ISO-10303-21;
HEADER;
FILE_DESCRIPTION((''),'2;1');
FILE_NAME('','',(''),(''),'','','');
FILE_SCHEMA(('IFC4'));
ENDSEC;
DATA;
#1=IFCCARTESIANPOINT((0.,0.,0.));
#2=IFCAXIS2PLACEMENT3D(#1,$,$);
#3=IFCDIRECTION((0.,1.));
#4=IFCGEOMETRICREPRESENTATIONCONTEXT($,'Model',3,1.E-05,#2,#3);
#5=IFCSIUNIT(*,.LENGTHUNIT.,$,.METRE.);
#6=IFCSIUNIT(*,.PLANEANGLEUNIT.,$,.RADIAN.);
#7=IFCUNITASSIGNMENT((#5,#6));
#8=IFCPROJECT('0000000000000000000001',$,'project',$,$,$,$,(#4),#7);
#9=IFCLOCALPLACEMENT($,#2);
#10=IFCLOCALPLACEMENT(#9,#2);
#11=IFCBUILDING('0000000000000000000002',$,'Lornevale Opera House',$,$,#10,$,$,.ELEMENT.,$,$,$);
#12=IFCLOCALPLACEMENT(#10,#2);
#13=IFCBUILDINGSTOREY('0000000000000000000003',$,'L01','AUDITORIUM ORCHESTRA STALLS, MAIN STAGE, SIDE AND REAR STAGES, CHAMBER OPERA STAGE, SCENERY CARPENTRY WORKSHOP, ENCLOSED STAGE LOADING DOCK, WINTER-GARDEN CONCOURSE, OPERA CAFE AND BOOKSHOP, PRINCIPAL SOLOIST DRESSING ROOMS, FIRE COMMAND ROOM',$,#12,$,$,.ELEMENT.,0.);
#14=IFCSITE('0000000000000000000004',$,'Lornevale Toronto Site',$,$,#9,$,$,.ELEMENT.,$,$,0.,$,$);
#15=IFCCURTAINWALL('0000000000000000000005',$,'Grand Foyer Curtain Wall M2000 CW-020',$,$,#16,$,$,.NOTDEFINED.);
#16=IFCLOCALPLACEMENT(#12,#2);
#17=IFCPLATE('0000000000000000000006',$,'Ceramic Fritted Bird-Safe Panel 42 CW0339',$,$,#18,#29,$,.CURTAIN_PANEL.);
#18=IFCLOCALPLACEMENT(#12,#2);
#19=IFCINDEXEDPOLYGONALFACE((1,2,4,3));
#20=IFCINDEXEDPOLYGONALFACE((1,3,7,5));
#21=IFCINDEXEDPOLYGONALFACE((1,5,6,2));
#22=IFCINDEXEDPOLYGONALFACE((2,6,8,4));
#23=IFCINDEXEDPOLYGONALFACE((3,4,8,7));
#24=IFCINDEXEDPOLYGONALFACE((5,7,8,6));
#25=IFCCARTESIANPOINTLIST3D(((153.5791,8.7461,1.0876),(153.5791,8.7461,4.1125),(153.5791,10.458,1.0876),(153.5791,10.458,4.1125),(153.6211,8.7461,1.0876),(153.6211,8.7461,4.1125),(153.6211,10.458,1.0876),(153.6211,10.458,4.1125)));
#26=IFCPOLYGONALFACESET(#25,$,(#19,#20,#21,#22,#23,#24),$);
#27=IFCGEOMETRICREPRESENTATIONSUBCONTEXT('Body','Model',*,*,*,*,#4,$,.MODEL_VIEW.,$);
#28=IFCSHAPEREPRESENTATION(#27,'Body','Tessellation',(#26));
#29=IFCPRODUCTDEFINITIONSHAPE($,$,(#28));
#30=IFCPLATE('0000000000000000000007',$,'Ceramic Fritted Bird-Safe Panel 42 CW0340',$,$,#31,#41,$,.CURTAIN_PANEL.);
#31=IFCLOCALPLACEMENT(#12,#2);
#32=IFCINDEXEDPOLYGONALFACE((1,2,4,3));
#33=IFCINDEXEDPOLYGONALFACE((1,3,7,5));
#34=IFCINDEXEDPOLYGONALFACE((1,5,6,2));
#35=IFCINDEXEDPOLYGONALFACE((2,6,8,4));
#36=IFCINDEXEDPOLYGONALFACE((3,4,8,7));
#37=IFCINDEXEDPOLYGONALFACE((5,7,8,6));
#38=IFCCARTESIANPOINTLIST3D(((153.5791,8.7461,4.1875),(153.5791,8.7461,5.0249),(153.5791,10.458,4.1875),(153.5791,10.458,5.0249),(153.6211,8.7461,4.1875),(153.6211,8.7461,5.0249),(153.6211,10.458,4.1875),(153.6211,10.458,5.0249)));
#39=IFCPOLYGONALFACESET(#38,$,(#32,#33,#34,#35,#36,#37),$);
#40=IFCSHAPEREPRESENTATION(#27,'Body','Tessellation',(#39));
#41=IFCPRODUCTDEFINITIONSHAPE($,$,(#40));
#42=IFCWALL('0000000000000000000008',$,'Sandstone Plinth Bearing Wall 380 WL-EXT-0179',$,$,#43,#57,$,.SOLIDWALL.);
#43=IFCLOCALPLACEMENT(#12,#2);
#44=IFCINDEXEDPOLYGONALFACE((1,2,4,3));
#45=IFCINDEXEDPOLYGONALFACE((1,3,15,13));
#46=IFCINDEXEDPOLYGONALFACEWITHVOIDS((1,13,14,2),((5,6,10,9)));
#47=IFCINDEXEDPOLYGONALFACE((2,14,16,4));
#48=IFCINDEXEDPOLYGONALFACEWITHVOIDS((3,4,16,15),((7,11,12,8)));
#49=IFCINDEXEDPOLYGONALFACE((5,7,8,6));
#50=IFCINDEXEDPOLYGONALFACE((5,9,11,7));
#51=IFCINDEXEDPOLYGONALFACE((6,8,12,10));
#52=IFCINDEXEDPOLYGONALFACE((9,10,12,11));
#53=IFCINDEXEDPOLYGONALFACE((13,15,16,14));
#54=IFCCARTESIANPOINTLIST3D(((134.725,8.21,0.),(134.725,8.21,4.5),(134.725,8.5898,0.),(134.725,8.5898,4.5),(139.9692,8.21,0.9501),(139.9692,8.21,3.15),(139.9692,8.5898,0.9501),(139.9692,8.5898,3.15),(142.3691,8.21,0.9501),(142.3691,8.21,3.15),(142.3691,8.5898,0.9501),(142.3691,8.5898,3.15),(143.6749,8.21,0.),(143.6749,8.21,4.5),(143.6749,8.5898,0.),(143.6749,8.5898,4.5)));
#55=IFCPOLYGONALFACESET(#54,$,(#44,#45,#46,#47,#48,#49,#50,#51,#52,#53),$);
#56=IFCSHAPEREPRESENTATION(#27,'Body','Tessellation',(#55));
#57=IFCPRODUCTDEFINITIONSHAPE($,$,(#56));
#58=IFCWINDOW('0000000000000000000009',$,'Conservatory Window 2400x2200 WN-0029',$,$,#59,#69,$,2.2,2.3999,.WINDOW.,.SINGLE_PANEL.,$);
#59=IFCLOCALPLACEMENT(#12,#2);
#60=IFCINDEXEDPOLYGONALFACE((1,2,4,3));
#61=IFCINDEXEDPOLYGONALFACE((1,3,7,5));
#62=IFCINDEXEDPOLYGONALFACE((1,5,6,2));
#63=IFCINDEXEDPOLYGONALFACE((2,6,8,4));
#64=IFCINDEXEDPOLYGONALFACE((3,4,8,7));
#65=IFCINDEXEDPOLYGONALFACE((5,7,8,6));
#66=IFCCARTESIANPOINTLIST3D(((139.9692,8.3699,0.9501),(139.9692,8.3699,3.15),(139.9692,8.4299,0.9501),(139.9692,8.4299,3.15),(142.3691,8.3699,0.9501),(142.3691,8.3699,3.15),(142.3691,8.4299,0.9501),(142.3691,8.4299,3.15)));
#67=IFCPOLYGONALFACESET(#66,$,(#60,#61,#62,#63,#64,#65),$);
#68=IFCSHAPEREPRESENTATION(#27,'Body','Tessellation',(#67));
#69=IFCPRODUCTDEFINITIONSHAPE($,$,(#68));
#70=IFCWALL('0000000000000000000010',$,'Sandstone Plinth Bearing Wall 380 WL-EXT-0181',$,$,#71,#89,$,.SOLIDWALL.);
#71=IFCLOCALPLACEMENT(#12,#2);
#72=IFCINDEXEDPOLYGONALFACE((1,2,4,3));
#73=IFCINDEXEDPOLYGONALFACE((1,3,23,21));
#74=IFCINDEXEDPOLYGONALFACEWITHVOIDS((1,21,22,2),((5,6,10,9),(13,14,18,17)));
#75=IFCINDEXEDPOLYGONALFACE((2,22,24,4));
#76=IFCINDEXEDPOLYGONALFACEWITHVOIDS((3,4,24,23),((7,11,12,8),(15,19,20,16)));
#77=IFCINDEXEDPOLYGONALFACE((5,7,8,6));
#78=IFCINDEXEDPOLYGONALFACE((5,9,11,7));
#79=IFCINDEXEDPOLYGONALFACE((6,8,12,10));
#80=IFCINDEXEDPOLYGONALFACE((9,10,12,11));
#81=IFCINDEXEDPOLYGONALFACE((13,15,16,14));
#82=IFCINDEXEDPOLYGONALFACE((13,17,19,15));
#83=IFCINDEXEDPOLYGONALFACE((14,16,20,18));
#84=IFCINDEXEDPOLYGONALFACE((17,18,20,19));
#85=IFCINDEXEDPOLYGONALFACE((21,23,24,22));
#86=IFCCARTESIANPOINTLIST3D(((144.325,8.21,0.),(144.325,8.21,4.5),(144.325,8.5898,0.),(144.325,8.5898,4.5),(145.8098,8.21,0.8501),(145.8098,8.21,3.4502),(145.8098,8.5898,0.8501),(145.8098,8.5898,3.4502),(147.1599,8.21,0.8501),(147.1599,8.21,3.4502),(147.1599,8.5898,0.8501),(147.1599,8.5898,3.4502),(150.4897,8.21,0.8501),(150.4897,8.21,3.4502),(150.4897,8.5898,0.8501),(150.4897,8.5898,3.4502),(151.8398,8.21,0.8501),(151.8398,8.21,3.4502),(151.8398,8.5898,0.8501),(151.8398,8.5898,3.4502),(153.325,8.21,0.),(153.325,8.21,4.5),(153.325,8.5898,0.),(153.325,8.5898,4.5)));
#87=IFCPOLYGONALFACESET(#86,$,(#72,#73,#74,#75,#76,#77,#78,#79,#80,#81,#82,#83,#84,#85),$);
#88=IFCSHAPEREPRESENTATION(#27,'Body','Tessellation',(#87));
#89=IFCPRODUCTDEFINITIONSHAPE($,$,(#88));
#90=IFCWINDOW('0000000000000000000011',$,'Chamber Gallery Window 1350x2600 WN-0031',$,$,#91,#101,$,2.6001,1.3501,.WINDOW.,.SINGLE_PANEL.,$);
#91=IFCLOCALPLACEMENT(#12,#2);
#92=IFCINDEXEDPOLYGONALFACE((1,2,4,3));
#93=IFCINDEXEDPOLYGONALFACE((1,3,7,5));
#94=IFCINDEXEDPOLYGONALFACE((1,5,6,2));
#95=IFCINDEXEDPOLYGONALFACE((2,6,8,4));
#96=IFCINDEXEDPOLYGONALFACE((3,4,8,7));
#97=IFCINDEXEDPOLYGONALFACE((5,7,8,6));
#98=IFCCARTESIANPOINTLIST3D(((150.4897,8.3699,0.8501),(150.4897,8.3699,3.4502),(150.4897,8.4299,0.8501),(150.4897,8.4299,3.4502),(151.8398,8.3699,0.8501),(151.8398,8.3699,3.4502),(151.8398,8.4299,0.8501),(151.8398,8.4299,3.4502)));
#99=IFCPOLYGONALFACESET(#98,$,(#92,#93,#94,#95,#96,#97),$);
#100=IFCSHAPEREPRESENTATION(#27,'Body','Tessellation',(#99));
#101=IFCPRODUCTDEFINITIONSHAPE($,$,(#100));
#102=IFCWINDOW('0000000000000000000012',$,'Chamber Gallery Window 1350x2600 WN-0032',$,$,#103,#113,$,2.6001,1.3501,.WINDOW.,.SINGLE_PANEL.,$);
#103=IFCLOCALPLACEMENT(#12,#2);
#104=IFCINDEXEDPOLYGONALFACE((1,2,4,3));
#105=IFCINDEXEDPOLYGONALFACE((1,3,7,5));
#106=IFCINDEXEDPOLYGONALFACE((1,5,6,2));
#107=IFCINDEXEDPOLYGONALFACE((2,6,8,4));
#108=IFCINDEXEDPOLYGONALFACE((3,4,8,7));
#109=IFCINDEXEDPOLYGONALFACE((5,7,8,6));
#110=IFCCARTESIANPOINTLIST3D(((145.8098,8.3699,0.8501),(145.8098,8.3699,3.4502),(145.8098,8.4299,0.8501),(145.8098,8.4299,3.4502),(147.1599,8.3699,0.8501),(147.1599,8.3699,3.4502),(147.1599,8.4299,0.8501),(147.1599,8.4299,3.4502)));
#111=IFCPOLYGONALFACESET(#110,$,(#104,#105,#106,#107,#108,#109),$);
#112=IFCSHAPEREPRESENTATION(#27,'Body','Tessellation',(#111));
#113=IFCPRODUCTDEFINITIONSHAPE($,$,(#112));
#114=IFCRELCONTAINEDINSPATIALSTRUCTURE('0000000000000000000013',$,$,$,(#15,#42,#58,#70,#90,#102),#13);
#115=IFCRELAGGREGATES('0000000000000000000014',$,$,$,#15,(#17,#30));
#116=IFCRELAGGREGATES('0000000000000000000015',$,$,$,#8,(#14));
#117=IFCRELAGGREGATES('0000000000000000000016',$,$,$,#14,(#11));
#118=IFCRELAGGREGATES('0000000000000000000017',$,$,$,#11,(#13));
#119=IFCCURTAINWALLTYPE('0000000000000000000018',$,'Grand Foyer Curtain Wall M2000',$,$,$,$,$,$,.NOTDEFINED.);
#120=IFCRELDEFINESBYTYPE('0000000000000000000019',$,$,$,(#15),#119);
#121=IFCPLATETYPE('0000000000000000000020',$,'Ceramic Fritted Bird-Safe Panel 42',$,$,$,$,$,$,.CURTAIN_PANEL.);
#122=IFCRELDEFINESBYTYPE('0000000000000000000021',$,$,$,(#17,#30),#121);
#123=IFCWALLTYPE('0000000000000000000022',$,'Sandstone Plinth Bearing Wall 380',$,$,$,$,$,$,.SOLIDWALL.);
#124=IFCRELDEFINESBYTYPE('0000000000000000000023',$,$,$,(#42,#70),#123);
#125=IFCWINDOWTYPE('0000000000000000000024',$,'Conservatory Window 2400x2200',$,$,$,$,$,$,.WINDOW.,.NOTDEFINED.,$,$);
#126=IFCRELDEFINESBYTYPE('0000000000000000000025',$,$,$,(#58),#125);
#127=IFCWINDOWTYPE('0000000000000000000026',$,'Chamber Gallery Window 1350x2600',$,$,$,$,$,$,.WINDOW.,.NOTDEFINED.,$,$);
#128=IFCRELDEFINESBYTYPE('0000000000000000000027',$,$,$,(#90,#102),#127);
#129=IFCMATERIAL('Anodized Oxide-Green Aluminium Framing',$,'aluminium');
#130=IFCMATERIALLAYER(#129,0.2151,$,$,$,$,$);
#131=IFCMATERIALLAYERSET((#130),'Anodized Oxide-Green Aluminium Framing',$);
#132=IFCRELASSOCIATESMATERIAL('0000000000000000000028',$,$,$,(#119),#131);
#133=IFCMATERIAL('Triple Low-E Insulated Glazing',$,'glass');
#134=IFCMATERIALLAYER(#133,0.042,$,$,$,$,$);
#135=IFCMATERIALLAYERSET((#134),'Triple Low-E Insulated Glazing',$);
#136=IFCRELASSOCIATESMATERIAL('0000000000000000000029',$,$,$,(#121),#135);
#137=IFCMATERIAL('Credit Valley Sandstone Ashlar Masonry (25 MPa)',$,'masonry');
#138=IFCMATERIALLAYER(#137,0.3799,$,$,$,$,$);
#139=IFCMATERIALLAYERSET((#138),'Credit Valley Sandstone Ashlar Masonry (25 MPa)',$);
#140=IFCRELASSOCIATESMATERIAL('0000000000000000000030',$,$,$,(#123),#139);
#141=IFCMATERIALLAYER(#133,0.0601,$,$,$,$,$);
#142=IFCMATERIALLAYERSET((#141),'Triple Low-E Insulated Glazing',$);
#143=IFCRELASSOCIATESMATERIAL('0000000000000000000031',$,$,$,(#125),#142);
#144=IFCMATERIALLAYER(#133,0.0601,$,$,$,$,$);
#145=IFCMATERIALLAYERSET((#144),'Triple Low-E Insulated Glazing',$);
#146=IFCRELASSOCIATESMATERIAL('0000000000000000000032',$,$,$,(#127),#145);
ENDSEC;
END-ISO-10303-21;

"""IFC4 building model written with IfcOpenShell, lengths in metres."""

from ifc_helpers import new_model, si_unit, direction, frame, frame_2d, origin, origin_2d, place, context, subcontext, project, spatial, rectangle, extrude, material, layer, layer_set, type_object, element, fill, aggregate, save


model = new_model("IFC4")

# Units and contexts
model_context = context("Model", 3, precision=1e-05, world=origin(), true_north=direction((0.0, 1.0)))
body_context = subcontext(model_context, "Body", "Model", "MODEL_VIEW")
ifc_project = project(units=[si_unit("LENGTHUNIT", "METRE"), si_unit("PLANEANGLEUNIT", "RADIAN")], contexts=[model_context])

# Site, building, storey
site_placement = place(None, origin())
site = spatial("IfcSite", under=ifc_project, at=site_placement, Name="Lornevale Toronto Site", CompositionType="ELEMENT", RefElevation=0.0)
building_placement = place(site_placement, origin())
building = spatial("IfcBuilding", under=site, at=building_placement, Name="Lornevale Opera House", CompositionType="ELEMENT")
storey_placement = place(building_placement, origin())
storey = spatial("IfcBuildingStorey", under=building, at=storey_placement, Name="L01", Description="AUDITORIUM ORCHESTRA STALLS, MAIN STAGE, SIDE AND REAR STAGES, CHAMBER OPERA STAGE, SCENERY CARPENTRY WORKSHOP, ENCLOSED STAGE LOADING DOCK, WINTER-GARDEN CONCOURSE, OPERA CAFE AND BOOKSHOP, PRINCIPAL SOLOIST DRESSING ROOMS, FIRE COMMAND ROOM", CompositionType="ELEMENT", Elevation=0.0)

# Curtain wall, plates
ifc_material_1 = material(Name="Anodized Oxide-Green Aluminium Framing", Category="aluminium")
ifc_layer_1 = layer(ifc_material_1, 0.2151)
ifc_layer_set_1 = layer_set([ifc_layer_1], Name="Anodized Oxide-Green Aluminium Framing")
curtain_wall_type = type_object("IfcCurtainWallType", Name="Grand Foyer Curtain Wall M2000", PredefinedType="NOTDEFINED", material=ifc_layer_set_1)
curtain_wall_placement = place(storey_placement, origin())
curtain_wall = element("IfcCurtainWall", 1, at=curtain_wall_placement, inside=storey, type_object=curtain_wall_type, Name="Grand Foyer Curtain Wall M2000 CW-020", PredefinedType="NOTDEFINED")
ifc_material_2 = material(Name="Triple Low-E Insulated Glazing", Category="glass")
ifc_layer_2 = layer(ifc_material_2, 0.042)
ifc_layer_set_2 = layer_set([ifc_layer_2], Name="Triple Low-E Insulated Glazing")
plate_type = type_object("IfcPlateType", Name="Ceramic Fritted Bird-Safe Panel 42", PredefinedType="CURTAIN_PANEL", material=ifc_layer_set_2)
plate_1_placement = place(storey_placement, frame((153.6001, 9.6021, 1.0876), z_axis=(0.0, 0.0, 1.0), x_axis=(0.0, -1.0, 0.0)))
plate_1 = element("IfcPlate", 2, at=plate_1_placement, type_object=plate_type, Name="Ceramic Fritted Bird-Safe Panel 42 CW0339", PredefinedType="CURTAIN_PANEL", context=body_context, shape_type="SweptSolid", body=[
    extrude(rectangle(XDim=1.7119, YDim=0.042, at=origin_2d()), origin(), (0.0, 0.0, 1.0), 3.0249),
])
plate_2_placement = place(storey_placement, frame((153.6001, 9.6021, 4.1875), z_axis=(0.0, 0.0, 1.0), x_axis=(0.0, -1.0, 0.0)))
plate_2 = element("IfcPlate", 3, at=plate_2_placement, type_object=plate_type, Name="Ceramic Fritted Bird-Safe Panel 42 CW0340", PredefinedType="CURTAIN_PANEL", context=body_context, shape_type="SweptSolid", body=[
    extrude(rectangle(XDim=1.7119, YDim=0.042, at=origin_2d()), origin(), (0.0, 0.0, 1.0), 0.8374),
])
aggregate(curtain_wall, [plate_1, plate_2])

# Wall, opening, window
ifc_material_3 = material(Name="Credit Valley Sandstone Ashlar Masonry (25 MPa)", Category="masonry")
ifc_layer_3 = layer(ifc_material_3, 0.3799)
ifc_layer_set_3 = layer_set([ifc_layer_3], Name="Credit Valley Sandstone Ashlar Masonry (25 MPa)")
wall_type = type_object("IfcWallType", Name="Sandstone Plinth Bearing Wall 380", PredefinedType="SOLIDWALL", material=ifc_layer_set_3)
wall_1_placement = place(storey_placement, frame((143.675, 8.3999, 0.0), z_axis=(0.0, 0.0, 1.0), x_axis=(-1.0, 0.0, 0.0)))
wall_1 = element("IfcWall", 4, at=wall_1_placement, inside=storey, type_object=wall_type, Name="Sandstone Plinth Bearing Wall 380 WL-EXT-0179", PredefinedType="SOLIDWALL", context=body_context, shape_type="SweptSolid", body=[
    extrude(rectangle(XDim=8.95, YDim=0.3799, at=frame_2d((4.4751, 0.0))), origin(), (0.0, 0.0, 1.0), 4.5),
])
opening_1_placement = place(wall_1_placement, frame((1.3059, 0.0, 0.95)))
opening_1 = element("IfcOpeningElement", 5, at=opening_1_placement, cuts=wall_1, PredefinedType="OPENING", context=body_context, shape_type="SweptSolid", body=[
    extrude(rectangle(XDim=2.3999, YDim=2.2, at=frame_2d((1.2, 1.1001))), frame((0.0, 0.2, 0.0), z_axis=(0.0, -1.0, 0.0), x_axis=(1.0, 0.0, 0.0)), (0.0, 0.0, 1.0), 0.3999),
])
ifc_layer_4 = layer(ifc_material_2, 0.0601)
ifc_layer_set_4 = layer_set([ifc_layer_4], Name="Triple Low-E Insulated Glazing")
window_type_1 = type_object("IfcWindowType", Name="Conservatory Window 2400x2200", PartitioningType="NOTDEFINED", PredefinedType="WINDOW", material=ifc_layer_set_4)
window_1_placement = place(opening_1_placement, origin())
window_1 = element("IfcWindow", 6, at=window_1_placement, inside=storey, type_object=window_type_1, Name="Conservatory Window 2400x2200 WN-0029", OverallHeight=2.2, OverallWidth=2.3999, PartitioningType="SINGLE_PANEL", PredefinedType="WINDOW", context=body_context, shape_type="SweptSolid", body=[
    extrude(rectangle(XDim=2.3999, YDim=2.2, at=frame_2d((1.2, 1.1001))), frame((0.0, 0.03, 0.0), z_axis=(0.0, -1.0, 0.0), x_axis=(1.0, 0.0, 0.0)), (0.0, 0.0, 1.0), 0.0601),
])
fill(opening_1, window_1)

# Wall, openings, windows
wall_2_placement = place(storey_placement, frame((153.325, 8.3999, 0.0), z_axis=(0.0, 0.0, 1.0), x_axis=(-1.0, 0.0, 0.0)))
wall_2 = element("IfcWall", 7, at=wall_2_placement, inside=storey, type_object=wall_type, Name="Sandstone Plinth Bearing Wall 380 WL-EXT-0181", PredefinedType="SOLIDWALL", context=body_context, shape_type="SweptSolid", body=[
    extrude(rectangle(XDim=9.0, YDim=0.3799, at=frame_2d((4.5, 0.0))), origin(), (0.0, 0.0, 1.0), 4.5),
])
opening_2_placement = place(wall_2_placement, frame((1.4851, 0.0, 0.8501)))
opening_2 = element("IfcOpeningElement", 8, at=opening_2_placement, cuts=wall_2, PredefinedType="OPENING", context=body_context, shape_type="SweptSolid", body=[
    extrude(rectangle(XDim=1.3501, YDim=2.6001, at=frame_2d((0.675, 1.3))), frame((0.0, 0.2, 0.0), z_axis=(0.0, -1.0, 0.0), x_axis=(1.0, 0.0, 0.0)), (0.0, 0.0, 1.0), 0.3999),
])
opening_3_placement = place(wall_2_placement, frame((6.165, 0.0, 0.8501)))
opening_3 = element("IfcOpeningElement", 9, at=opening_3_placement, cuts=wall_2, PredefinedType="OPENING", context=body_context, shape_type="SweptSolid", body=[
    extrude(rectangle(XDim=1.3501, YDim=2.6001, at=frame_2d((0.675, 1.3))), frame((0.0, 0.2, 0.0), z_axis=(0.0, -1.0, 0.0), x_axis=(1.0, 0.0, 0.0)), (0.0, 0.0, 1.0), 0.3999),
])
ifc_layer_5 = layer(ifc_material_2, 0.0601)
ifc_layer_set_5 = layer_set([ifc_layer_5], Name="Triple Low-E Insulated Glazing")
window_type_2 = type_object("IfcWindowType", Name="Chamber Gallery Window 1350x2600", PartitioningType="NOTDEFINED", PredefinedType="WINDOW", material=ifc_layer_set_5)
window_2_placement = place(opening_2_placement, origin())
window_2 = element("IfcWindow", 10, at=window_2_placement, inside=storey, type_object=window_type_2, Name="Chamber Gallery Window 1350x2600 WN-0031", OverallHeight=2.6001, OverallWidth=1.3501, PartitioningType="SINGLE_PANEL", PredefinedType="WINDOW", context=body_context, shape_type="SweptSolid", body=[
    extrude(rectangle(XDim=1.3501, YDim=2.6001, at=frame_2d((0.675, 1.3))), frame((0.0, 0.03, 0.0), z_axis=(0.0, -1.0, 0.0), x_axis=(1.0, 0.0, 0.0)), (0.0, 0.0, 1.0), 0.0601),
])
fill(opening_2, window_2)
window_3_placement = place(opening_3_placement, origin())
window_3 = element("IfcWindow", 11, at=window_3_placement, inside=storey, type_object=window_type_2, Name="Chamber Gallery Window 1350x2600 WN-0032", OverallHeight=2.6001, OverallWidth=1.3501, PartitioningType="SINGLE_PANEL", PredefinedType="WINDOW", context=body_context, shape_type="SweptSolid", body=[
    extrude(rectangle(XDim=1.3501, YDim=2.6001, at=frame_2d((0.675, 1.3))), frame((0.0, 0.03, 0.0), z_axis=(0.0, -1.0, 0.0), x_axis=(1.0, 0.0, 0.0)), (0.0, 0.0, 1.0), 0.0601),
])
fill(opening_3, window_3)

save(model, "model.ifc")
